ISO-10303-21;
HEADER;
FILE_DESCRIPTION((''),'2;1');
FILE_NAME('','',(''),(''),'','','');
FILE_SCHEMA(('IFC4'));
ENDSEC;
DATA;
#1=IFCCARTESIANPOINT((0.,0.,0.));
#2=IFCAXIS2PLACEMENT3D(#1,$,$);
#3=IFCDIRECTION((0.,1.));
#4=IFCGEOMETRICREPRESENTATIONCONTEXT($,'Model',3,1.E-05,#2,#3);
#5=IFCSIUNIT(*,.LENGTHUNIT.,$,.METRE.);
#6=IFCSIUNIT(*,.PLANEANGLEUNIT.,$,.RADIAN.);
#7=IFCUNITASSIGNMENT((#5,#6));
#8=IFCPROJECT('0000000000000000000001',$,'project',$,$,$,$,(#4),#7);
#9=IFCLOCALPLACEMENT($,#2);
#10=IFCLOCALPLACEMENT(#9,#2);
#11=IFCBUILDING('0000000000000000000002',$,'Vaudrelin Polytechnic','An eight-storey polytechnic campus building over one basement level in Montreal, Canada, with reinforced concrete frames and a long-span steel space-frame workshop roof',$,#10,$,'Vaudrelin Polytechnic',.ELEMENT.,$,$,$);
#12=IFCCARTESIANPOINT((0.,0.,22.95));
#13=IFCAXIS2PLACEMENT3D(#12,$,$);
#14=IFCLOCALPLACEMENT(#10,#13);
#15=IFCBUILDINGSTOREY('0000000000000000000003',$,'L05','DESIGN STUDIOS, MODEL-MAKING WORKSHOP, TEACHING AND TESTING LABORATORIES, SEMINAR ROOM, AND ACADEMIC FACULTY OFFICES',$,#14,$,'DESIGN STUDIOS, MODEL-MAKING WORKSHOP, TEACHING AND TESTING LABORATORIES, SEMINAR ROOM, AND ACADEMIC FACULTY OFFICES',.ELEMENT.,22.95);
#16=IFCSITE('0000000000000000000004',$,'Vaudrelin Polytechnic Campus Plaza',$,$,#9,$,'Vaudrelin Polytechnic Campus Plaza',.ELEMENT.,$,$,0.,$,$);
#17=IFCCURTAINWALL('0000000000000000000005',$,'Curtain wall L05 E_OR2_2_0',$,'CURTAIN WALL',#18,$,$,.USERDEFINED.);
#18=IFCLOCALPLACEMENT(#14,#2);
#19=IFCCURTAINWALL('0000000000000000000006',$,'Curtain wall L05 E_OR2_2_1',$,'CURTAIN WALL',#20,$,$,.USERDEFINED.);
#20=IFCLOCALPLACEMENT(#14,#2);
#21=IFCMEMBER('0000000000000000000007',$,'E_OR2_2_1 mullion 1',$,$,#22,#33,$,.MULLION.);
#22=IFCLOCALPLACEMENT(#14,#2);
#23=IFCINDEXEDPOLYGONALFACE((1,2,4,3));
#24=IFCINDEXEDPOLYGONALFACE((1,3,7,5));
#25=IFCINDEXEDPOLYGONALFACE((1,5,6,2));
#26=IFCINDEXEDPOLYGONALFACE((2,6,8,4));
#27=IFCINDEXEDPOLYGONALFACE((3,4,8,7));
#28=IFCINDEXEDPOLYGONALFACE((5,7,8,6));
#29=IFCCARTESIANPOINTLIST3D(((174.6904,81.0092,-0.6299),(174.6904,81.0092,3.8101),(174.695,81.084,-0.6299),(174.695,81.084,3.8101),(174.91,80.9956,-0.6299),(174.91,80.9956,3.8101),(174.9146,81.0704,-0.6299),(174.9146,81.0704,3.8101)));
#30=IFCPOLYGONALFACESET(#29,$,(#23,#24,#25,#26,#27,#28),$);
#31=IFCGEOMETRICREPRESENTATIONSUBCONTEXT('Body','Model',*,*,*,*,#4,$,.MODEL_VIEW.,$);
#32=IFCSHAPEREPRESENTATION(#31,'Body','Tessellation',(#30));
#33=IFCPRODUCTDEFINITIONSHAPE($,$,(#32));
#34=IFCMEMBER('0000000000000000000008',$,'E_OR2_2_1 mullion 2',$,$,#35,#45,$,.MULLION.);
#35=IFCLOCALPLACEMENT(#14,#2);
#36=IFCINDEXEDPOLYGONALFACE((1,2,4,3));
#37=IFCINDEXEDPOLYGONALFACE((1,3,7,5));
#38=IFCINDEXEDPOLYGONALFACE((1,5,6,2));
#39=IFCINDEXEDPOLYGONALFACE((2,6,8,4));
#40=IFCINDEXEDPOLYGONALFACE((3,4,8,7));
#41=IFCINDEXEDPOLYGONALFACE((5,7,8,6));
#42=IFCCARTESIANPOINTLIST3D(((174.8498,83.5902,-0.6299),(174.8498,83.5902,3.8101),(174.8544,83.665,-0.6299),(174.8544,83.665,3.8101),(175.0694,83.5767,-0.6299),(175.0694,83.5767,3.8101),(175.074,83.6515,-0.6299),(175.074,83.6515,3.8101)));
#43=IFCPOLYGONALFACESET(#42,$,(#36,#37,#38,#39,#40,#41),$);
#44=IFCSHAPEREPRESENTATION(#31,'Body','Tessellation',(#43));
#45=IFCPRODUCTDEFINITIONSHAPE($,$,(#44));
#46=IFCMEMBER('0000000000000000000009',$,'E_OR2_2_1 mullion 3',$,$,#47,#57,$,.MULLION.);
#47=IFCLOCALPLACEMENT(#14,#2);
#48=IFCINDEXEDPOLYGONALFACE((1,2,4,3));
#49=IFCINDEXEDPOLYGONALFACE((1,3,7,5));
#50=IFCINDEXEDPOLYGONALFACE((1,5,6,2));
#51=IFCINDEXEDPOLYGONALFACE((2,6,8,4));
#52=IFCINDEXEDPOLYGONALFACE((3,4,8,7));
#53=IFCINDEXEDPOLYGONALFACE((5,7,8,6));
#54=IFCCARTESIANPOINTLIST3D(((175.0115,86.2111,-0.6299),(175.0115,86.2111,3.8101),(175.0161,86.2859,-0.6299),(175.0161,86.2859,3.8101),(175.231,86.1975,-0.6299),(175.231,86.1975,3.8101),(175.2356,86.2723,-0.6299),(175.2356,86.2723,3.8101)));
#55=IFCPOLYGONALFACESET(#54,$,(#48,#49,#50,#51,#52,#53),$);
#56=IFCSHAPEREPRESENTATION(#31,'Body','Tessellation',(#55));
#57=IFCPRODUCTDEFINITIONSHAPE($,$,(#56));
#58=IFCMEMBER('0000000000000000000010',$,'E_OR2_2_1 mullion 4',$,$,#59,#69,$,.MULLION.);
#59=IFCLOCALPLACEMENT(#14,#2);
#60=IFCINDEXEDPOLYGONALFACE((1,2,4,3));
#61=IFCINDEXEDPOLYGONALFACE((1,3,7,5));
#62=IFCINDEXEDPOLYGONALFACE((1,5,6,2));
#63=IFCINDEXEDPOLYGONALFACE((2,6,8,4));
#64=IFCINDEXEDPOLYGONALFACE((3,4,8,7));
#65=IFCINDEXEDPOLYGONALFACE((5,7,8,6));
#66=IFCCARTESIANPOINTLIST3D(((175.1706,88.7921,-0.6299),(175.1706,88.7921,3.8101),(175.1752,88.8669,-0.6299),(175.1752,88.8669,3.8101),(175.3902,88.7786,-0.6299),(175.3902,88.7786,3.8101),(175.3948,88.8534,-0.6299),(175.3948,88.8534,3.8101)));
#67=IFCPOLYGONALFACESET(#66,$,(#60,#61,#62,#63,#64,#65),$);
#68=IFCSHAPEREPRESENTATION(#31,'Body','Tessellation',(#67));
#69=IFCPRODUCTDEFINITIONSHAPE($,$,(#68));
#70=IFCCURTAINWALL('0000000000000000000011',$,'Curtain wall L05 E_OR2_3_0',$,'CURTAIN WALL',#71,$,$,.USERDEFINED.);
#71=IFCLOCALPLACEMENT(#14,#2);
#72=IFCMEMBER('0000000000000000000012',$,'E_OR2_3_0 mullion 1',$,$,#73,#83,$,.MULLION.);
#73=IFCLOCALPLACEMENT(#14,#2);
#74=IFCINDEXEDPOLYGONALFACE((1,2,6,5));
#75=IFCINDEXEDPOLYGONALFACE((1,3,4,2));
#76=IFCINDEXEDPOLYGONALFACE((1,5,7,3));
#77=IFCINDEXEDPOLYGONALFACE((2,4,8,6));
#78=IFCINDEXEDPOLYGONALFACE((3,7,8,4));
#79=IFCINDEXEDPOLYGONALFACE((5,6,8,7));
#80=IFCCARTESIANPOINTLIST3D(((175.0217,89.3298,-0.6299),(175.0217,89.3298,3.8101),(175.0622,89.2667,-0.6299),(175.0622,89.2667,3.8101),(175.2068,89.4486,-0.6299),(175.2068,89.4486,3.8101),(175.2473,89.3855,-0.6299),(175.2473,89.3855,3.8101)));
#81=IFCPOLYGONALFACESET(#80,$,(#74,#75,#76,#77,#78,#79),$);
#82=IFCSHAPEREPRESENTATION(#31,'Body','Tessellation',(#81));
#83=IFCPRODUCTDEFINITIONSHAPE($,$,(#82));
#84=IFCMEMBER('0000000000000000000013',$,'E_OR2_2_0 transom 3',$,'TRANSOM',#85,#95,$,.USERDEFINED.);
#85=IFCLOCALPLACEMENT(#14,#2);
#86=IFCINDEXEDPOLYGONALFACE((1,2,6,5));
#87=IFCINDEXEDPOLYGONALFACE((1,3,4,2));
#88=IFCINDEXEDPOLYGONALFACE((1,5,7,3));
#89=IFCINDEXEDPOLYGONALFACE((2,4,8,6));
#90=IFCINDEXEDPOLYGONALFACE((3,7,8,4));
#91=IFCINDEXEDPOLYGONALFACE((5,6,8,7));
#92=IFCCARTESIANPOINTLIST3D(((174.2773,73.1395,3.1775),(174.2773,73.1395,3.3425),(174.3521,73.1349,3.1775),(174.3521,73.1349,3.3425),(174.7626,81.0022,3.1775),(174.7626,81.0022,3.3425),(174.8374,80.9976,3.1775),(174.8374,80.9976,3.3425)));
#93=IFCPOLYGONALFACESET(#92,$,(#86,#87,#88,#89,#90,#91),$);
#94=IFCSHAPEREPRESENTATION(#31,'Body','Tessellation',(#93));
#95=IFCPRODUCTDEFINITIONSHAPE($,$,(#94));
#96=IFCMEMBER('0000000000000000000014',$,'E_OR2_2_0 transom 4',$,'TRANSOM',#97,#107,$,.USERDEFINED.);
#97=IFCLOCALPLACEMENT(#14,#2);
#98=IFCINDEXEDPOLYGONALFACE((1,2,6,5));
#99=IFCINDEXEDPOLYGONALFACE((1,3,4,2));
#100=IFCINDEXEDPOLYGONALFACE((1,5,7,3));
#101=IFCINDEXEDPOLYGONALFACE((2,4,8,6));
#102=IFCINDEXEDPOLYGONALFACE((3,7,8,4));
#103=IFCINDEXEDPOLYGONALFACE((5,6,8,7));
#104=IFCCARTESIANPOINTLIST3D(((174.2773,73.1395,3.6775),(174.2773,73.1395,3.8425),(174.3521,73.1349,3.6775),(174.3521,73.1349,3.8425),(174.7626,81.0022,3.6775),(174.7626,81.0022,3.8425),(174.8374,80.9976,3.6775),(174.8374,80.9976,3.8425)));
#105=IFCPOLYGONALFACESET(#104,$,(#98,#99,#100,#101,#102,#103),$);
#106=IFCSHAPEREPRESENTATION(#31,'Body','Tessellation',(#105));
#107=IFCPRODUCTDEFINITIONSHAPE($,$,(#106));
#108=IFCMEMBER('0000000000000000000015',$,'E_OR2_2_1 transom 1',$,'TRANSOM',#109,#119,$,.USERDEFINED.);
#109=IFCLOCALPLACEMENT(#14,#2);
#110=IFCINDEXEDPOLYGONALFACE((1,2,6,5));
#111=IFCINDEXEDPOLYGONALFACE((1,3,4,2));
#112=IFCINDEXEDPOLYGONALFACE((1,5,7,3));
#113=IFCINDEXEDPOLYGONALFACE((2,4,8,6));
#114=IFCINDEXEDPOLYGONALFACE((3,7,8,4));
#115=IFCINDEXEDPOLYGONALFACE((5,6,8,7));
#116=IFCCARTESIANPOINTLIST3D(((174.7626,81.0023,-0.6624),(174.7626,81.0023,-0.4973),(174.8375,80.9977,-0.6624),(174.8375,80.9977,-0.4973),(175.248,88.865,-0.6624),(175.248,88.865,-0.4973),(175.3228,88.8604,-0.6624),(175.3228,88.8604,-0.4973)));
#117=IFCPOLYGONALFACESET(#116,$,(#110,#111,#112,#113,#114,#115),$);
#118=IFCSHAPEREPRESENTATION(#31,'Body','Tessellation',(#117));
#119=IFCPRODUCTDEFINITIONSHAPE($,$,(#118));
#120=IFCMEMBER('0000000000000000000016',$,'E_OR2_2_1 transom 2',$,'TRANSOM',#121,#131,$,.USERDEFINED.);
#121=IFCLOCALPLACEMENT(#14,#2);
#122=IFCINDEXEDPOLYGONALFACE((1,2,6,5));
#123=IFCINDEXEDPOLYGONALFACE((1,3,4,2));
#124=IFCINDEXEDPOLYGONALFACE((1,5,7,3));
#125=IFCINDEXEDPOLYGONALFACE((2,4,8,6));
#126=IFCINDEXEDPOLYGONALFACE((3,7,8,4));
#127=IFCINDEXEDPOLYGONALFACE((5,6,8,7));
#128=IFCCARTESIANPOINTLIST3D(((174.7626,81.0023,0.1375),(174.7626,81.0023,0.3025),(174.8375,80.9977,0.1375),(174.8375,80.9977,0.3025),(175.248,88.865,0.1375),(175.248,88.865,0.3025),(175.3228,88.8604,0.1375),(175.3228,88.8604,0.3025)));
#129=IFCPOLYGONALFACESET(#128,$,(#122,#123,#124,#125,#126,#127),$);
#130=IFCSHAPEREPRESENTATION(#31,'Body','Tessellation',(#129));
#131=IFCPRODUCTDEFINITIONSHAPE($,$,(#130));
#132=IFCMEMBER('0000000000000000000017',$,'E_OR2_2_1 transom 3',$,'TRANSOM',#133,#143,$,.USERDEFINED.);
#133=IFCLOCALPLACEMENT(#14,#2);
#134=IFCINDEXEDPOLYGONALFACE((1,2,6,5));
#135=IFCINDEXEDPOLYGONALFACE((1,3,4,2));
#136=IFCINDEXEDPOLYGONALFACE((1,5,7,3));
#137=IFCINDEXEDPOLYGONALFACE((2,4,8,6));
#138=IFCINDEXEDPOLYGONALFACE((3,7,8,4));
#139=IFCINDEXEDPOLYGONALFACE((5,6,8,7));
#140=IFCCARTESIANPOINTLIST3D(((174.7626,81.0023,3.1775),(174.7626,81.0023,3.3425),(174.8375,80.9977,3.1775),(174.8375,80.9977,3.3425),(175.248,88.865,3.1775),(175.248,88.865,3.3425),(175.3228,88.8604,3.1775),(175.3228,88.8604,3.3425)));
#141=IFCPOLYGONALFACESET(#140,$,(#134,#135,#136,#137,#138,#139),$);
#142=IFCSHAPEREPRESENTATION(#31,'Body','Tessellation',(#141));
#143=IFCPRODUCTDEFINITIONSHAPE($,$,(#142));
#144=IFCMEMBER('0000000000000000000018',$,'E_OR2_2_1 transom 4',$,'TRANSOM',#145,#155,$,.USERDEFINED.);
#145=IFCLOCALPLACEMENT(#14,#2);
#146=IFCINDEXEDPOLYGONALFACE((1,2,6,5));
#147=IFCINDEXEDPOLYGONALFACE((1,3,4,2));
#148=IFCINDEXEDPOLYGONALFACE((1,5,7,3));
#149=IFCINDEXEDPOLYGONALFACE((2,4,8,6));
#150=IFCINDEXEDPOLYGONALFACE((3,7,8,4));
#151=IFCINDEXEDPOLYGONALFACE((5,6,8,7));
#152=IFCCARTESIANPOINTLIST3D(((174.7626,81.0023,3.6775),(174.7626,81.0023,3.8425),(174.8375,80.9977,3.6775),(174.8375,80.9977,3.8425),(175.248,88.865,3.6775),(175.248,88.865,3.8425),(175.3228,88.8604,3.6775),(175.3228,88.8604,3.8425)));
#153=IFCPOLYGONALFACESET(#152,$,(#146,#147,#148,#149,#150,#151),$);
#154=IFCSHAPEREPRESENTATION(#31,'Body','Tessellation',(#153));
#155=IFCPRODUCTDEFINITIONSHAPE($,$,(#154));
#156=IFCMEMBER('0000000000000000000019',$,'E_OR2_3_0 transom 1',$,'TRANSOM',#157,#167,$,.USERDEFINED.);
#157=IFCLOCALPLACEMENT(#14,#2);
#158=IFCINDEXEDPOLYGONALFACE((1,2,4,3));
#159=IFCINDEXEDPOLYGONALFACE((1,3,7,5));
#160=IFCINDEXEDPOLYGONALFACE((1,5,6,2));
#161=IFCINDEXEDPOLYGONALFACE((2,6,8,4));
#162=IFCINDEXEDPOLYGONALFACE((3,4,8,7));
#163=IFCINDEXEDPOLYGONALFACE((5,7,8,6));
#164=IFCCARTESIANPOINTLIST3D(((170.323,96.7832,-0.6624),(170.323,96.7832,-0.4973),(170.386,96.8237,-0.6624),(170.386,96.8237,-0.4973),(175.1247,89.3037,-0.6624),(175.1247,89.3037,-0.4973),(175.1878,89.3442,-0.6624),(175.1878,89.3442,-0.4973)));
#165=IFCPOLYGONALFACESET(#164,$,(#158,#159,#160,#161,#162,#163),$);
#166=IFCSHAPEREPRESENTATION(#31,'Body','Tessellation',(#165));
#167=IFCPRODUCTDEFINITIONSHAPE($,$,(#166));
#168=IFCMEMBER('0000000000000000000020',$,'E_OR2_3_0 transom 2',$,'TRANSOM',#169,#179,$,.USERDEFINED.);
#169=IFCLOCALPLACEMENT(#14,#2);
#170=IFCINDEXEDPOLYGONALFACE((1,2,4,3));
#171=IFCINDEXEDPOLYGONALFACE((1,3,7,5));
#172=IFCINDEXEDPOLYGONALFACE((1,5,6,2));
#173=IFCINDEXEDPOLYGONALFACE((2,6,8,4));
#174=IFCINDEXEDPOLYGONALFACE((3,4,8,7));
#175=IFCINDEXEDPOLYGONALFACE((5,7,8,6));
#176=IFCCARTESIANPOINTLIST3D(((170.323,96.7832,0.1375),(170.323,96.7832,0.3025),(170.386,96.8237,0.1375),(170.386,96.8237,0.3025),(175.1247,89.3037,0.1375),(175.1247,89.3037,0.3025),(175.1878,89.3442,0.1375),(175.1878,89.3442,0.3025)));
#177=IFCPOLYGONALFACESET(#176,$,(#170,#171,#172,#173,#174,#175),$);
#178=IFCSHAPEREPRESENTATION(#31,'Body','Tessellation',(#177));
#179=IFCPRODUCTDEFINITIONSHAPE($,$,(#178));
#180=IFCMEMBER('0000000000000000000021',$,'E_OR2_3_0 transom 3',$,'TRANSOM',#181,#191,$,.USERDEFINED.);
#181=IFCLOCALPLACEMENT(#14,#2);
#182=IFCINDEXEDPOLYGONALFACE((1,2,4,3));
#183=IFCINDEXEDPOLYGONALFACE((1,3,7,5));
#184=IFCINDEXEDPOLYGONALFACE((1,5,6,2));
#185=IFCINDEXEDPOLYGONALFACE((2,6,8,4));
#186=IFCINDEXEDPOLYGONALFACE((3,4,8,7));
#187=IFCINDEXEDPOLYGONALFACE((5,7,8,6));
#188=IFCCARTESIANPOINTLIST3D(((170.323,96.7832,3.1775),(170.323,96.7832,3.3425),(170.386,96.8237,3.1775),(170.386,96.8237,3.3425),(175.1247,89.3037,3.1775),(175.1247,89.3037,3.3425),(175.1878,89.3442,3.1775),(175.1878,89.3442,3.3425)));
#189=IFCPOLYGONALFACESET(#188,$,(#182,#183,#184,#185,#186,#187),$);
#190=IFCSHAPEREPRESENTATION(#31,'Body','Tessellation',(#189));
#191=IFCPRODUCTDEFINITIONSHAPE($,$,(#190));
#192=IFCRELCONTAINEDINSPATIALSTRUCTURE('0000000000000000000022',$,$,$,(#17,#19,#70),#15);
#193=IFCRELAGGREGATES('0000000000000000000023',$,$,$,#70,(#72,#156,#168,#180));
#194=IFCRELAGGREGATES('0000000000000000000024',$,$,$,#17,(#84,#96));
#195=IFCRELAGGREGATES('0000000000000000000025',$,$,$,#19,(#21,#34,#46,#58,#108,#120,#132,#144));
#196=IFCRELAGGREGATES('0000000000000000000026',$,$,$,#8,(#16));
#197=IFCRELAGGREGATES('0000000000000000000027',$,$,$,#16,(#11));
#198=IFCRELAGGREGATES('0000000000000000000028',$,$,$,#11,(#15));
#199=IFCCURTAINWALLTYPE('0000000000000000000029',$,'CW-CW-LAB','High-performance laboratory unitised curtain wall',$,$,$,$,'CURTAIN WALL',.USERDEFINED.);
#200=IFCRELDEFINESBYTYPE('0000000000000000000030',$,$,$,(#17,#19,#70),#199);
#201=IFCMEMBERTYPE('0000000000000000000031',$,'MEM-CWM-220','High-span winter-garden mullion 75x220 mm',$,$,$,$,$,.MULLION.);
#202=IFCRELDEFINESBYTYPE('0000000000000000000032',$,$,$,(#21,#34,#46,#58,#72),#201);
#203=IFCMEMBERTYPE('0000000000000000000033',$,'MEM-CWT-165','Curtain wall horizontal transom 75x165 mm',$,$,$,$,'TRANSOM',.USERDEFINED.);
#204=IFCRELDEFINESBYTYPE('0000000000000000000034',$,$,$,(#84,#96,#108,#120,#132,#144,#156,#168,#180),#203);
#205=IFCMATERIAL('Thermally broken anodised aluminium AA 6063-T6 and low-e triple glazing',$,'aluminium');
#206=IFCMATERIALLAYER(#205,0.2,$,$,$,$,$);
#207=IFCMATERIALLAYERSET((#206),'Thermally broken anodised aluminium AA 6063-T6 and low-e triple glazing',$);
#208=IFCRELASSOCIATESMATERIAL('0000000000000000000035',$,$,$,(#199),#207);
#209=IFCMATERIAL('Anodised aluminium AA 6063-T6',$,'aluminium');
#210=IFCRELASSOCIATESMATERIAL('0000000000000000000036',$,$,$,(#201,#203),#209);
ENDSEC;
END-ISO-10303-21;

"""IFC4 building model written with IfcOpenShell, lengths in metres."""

from ifc_helpers import new_model, si_unit, direction, frame, origin, origin_2d, place, context, subcontext, project, spatial, rectangle, extrude, material, layer, layer_set, material_profile, profile_set, type_object, element, aggregate, save


model = new_model("IFC4")

# Units and contexts
model_context = context("Model", 3, precision=1e-05, world=origin(), true_north=direction((0.0, 1.0)))
body_context = subcontext(model_context, "Body", "Model", "MODEL_VIEW")
ifc_project = project(units=[si_unit("LENGTHUNIT", "METRE"), si_unit("PLANEANGLEUNIT", "RADIAN")], contexts=[model_context])

# Site, building, storey
site_placement = place(None, origin())
site = spatial("IfcSite", under=ifc_project, at=site_placement, Name="Vaudrelin Polytechnic Campus Plaza", LongName="Vaudrelin Polytechnic Campus Plaza", CompositionType="ELEMENT", RefElevation=0.0)
building_placement = place(site_placement, origin())
building = spatial("IfcBuilding", under=site, at=building_placement, Name="Vaudrelin Polytechnic", Description="An eight-storey polytechnic campus building over one basement level in Montreal, Canada, with reinforced concrete frames and a long-span steel space-frame workshop roof", LongName="Vaudrelin Polytechnic", CompositionType="ELEMENT")
storey_placement = place(building_placement, frame((0.0, 0.0, 22.95)))
storey = spatial("IfcBuildingStorey", under=building, at=storey_placement, Name="L05", Description="DESIGN STUDIOS, MODEL-MAKING WORKSHOP, TEACHING AND TESTING LABORATORIES, SEMINAR ROOM, AND ACADEMIC FACULTY OFFICES", LongName="DESIGN STUDIOS, MODEL-MAKING WORKSHOP, TEACHING AND TESTING LABORATORIES, SEMINAR ROOM, AND ACADEMIC FACULTY OFFICES", CompositionType="ELEMENT", Elevation=22.95)

# Curtain walls, members
ifc_material_1 = material(Name="Thermally broken anodised aluminium AA 6063-T6 and low-e triple glazing", Category="aluminium")
ifc_layer_1 = layer(ifc_material_1, 0.2)
ifc_layer_set_1 = layer_set([ifc_layer_1], Name="Thermally broken anodised aluminium AA 6063-T6 and low-e triple glazing")
curtain_wall_type = type_object("IfcCurtainWallType", Name="CW-CW-LAB", Description="High-performance laboratory unitised curtain wall", ElementType="CURTAIN WALL", PredefinedType="USERDEFINED", material=ifc_layer_set_1)
curtain_wall_1_placement = place(storey_placement, origin())
curtain_wall_1 = element("IfcCurtainWall", 1, at=curtain_wall_1_placement, inside=storey, type_object=curtain_wall_type, Name="Curtain wall L05 E_OR2_2_0", ObjectType="CURTAIN WALL", PredefinedType="USERDEFINED")
ifc_material_2 = material(Name="Anodised aluminium AA 6063-T6", Category="aluminium")
ifc_material_profile_1 = material_profile(ifc_material_2, rectangle(XDim=0.075, YDim=0.22, at=origin_2d()), Name="CWM-75x220")
ifc_profile_set_1 = profile_set([ifc_material_profile_1], Name="Anodised aluminium AA 6063-T6")
member_type_1 = type_object("IfcMemberType", Name="MEM-CWM-220", Description="High-span winter-garden mullion 75x220 mm", PredefinedType="MULLION", material=ifc_profile_set_1)
curtain_wall_2_placement = place(storey_placement, origin())
curtain_wall_2 = element("IfcCurtainWall", 2, at=curtain_wall_2_placement, inside=storey, type_object=curtain_wall_type, Name="Curtain wall L05 E_OR2_2_1", ObjectType="CURTAIN WALL", PredefinedType="USERDEFINED")
member_1_placement = place(storey_placement, frame((174.8025, 81.0398, -0.6299), z_axis=(0.0, 0.0, 1.0), x_axis=(0.061605, 0.998101, 0.0)))
member_1 = element("IfcMember", 3, at=member_1_placement, type_object=member_type_1, Name="E_OR2_2_1 mullion 1", PredefinedType="MULLION", context=body_context, shape_type="SweptSolid", body=[
    extrude(rectangle(XDim=0.075, YDim=0.22, at=origin_2d()), origin(), (0.0, 0.0, 1.0), 4.4399),
])
member_2_placement = place(storey_placement, frame((174.9619, 83.6208, -0.6299), z_axis=(0.0, 0.0, 1.0), x_axis=(0.061605, 0.998101, 0.0)))
member_2 = element("IfcMember", 4, at=member_2_placement, type_object=member_type_1, Name="E_OR2_2_1 mullion 2", PredefinedType="MULLION", context=body_context, shape_type="SweptSolid", body=[
    extrude(rectangle(XDim=0.075, YDim=0.22, at=origin_2d()), origin(), (0.0, 0.0, 1.0), 4.4399),
])
member_3_placement = place(storey_placement, frame((175.1235, 86.2417, -0.6299), z_axis=(0.0, 0.0, 1.0), x_axis=(0.061605, 0.998101, 0.0)))
member_3 = element("IfcMember", 5, at=member_3_placement, type_object=member_type_1, Name="E_OR2_2_1 mullion 3", PredefinedType="MULLION", context=body_context, shape_type="SweptSolid", body=[
    extrude(rectangle(XDim=0.075, YDim=0.22, at=origin_2d()), origin(), (0.0, 0.0, 1.0), 4.4399),
])
member_4_placement = place(storey_placement, frame((175.2827, 88.8228, -0.6299), z_axis=(0.0, 0.0, 1.0), x_axis=(0.061605, 0.998101, 0.0)))
member_4 = element("IfcMember", 6, at=member_4_placement, type_object=member_type_1, Name="E_OR2_2_1 mullion 4", PredefinedType="MULLION", context=body_context, shape_type="SweptSolid", body=[
    extrude(rectangle(XDim=0.075, YDim=0.22, at=origin_2d()), origin(), (0.0, 0.0, 1.0), 4.4399),
])

# Curtain wall, member
curtain_wall_3_placement = place(storey_placement, origin())
curtain_wall_3 = element("IfcCurtainWall", 7, at=curtain_wall_3_placement, inside=storey, type_object=curtain_wall_type, Name="Curtain wall L05 E_OR2_3_0", ObjectType="CURTAIN WALL", PredefinedType="USERDEFINED")
member_5_placement = place(storey_placement, frame((175.1345, 89.3577, -0.6299), z_axis=(0.0, 0.0, 1.0), x_axis=(-0.540228, 0.841519, 0.0)))
member_5 = element("IfcMember", 8, at=member_5_placement, type_object=member_type_1, Name="E_OR2_3_0 mullion 1", PredefinedType="MULLION", context=body_context, shape_type="SweptSolid", body=[
    extrude(rectangle(XDim=0.075, YDim=0.22, at=origin_2d()), origin(), (0.0, 0.0, 1.0), 4.4399),
])

# Members
ifc_material_profile_2 = material_profile(ifc_material_2, rectangle(XDim=0.075, YDim=0.165, at=origin_2d()), Name="CWT-75x165")
ifc_profile_set_2 = profile_set([ifc_material_profile_2], Name="Anodised aluminium AA 6063-T6")
member_type_2 = type_object("IfcMemberType", Name="MEM-CWT-165", Description="Curtain wall horizontal transom 75x165 mm", ElementType="TRANSOM", PredefinedType="USERDEFINED", material=ifc_profile_set_2)
member_6_placement = place(storey_placement, frame((174.3147, 73.1372, 3.26), z_axis=(0.06161, 0.9981, 0.0), x_axis=(-0.9981, 0.06161, 0.0)))
member_6 = element("IfcMember", 9, at=member_6_placement, type_object=member_type_2, Name="E_OR2_2_0 transom 3", ObjectType="TRANSOM", PredefinedType="USERDEFINED", context=body_context, shape_type="SweptSolid", body=[
    extrude(rectangle(XDim=0.075, YDim=0.165, at=origin_2d()), origin(), (0.0, 0.0, 1.0), 7.8777),
])
member_7_placement = place(storey_placement, frame((174.3147, 73.1372, 3.76), z_axis=(0.06161, 0.9981, 0.0), x_axis=(-0.9981, 0.06161, 0.0)))
member_7 = element("IfcMember", 10, at=member_7_placement, type_object=member_type_2, Name="E_OR2_2_0 transom 4", ObjectType="TRANSOM", PredefinedType="USERDEFINED", context=body_context, shape_type="SweptSolid", body=[
    extrude(rectangle(XDim=0.075, YDim=0.165, at=origin_2d()), origin(), (0.0, 0.0, 1.0), 7.8777),
])
member_8_placement = place(storey_placement, frame((174.8, 81.0, -0.5798), z_axis=(0.06161, 0.9981, 0.0), x_axis=(-0.9981, 0.06161, 0.0)))
member_8 = element("IfcMember", 11, at=member_8_placement, type_object=member_type_2, Name="E_OR2_2_1 transom 1", ObjectType="TRANSOM", PredefinedType="USERDEFINED", context=body_context, shape_type="SweptSolid", body=[
    extrude(rectangle(XDim=0.075, YDim=0.165, at=origin_2d()), origin(), (0.0, 0.0, 1.0), 7.8777),
])
member_9_placement = place(storey_placement, frame((174.8, 81.0, 0.22), z_axis=(0.06161, 0.9981, 0.0), x_axis=(-0.9981, 0.06161, 0.0)))
member_9 = element("IfcMember", 12, at=member_9_placement, type_object=member_type_2, Name="E_OR2_2_1 transom 2", ObjectType="TRANSOM", PredefinedType="USERDEFINED", context=body_context, shape_type="SweptSolid", body=[
    extrude(rectangle(XDim=0.075, YDim=0.165, at=origin_2d()), origin(), (0.0, 0.0, 1.0), 7.8777),
])
member_10_placement = place(storey_placement, frame((174.8, 81.0, 3.26), z_axis=(0.06161, 0.9981, 0.0), x_axis=(-0.9981, 0.06161, 0.0)))
member_10 = element("IfcMember", 13, at=member_10_placement, type_object=member_type_2, Name="E_OR2_2_1 transom 3", ObjectType="TRANSOM", PredefinedType="USERDEFINED", context=body_context, shape_type="SweptSolid", body=[
    extrude(rectangle(XDim=0.075, YDim=0.165, at=origin_2d()), origin(), (0.0, 0.0, 1.0), 7.8777),
])
member_11_placement = place(storey_placement, frame((174.8, 81.0, 3.76), z_axis=(0.06161, 0.9981, 0.0), x_axis=(-0.9981, 0.06161, 0.0)))
member_11 = element("IfcMember", 14, at=member_11_placement, type_object=member_type_2, Name="E_OR2_2_1 transom 4", ObjectType="TRANSOM", PredefinedType="USERDEFINED", context=body_context, shape_type="SweptSolid", body=[
    extrude(rectangle(XDim=0.075, YDim=0.165, at=origin_2d()), origin(), (0.0, 0.0, 1.0), 7.8777),
])
member_12_placement = place(storey_placement, frame((175.1562, 89.324, -0.5798), z_axis=(-0.540241, 0.84151, 0.0), x_axis=(-0.84151, -0.540241, 0.0)))
member_12 = element("IfcMember", 15, at=member_12_placement, type_object=member_type_2, Name="E_OR2_3_0 transom 1", ObjectType="TRANSOM", PredefinedType="USERDEFINED", context=body_context, shape_type="SweptSolid", body=[
    extrude(rectangle(XDim=0.075, YDim=0.165, at=origin_2d()), origin(), (0.0, 0.0, 1.0), 8.8882),
])
member_13_placement = place(storey_placement, frame((175.1562, 89.324, 0.22), z_axis=(-0.540241, 0.84151, 0.0), x_axis=(-0.84151, -0.540241, 0.0)))
member_13 = element("IfcMember", 16, at=member_13_placement, type_object=member_type_2, Name="E_OR2_3_0 transom 2", ObjectType="TRANSOM", PredefinedType="USERDEFINED", context=body_context, shape_type="SweptSolid", body=[
    extrude(rectangle(XDim=0.075, YDim=0.165, at=origin_2d()), origin(), (0.0, 0.0, 1.0), 8.8882),
])
member_14_placement = place(storey_placement, frame((175.1562, 89.324, 3.26), z_axis=(-0.540241, 0.84151, 0.0), x_axis=(-0.84151, -0.540241, 0.0)))
member_14 = element("IfcMember", 17, at=member_14_placement, type_object=member_type_2, Name="E_OR2_3_0 transom 3", ObjectType="TRANSOM", PredefinedType="USERDEFINED", context=body_context, shape_type="SweptSolid", body=[
    extrude(rectangle(XDim=0.075, YDim=0.165, at=origin_2d()), origin(), (0.0, 0.0, 1.0), 8.8882),
])
aggregate(curtain_wall_3, [member_5, member_12, member_13, member_14])

aggregate(curtain_wall_1, [member_6, member_7])
aggregate(curtain_wall_2, [member_1, member_2, member_3, member_4, member_8, member_9, member_10, member_11])

save(model, "model.ifc")
